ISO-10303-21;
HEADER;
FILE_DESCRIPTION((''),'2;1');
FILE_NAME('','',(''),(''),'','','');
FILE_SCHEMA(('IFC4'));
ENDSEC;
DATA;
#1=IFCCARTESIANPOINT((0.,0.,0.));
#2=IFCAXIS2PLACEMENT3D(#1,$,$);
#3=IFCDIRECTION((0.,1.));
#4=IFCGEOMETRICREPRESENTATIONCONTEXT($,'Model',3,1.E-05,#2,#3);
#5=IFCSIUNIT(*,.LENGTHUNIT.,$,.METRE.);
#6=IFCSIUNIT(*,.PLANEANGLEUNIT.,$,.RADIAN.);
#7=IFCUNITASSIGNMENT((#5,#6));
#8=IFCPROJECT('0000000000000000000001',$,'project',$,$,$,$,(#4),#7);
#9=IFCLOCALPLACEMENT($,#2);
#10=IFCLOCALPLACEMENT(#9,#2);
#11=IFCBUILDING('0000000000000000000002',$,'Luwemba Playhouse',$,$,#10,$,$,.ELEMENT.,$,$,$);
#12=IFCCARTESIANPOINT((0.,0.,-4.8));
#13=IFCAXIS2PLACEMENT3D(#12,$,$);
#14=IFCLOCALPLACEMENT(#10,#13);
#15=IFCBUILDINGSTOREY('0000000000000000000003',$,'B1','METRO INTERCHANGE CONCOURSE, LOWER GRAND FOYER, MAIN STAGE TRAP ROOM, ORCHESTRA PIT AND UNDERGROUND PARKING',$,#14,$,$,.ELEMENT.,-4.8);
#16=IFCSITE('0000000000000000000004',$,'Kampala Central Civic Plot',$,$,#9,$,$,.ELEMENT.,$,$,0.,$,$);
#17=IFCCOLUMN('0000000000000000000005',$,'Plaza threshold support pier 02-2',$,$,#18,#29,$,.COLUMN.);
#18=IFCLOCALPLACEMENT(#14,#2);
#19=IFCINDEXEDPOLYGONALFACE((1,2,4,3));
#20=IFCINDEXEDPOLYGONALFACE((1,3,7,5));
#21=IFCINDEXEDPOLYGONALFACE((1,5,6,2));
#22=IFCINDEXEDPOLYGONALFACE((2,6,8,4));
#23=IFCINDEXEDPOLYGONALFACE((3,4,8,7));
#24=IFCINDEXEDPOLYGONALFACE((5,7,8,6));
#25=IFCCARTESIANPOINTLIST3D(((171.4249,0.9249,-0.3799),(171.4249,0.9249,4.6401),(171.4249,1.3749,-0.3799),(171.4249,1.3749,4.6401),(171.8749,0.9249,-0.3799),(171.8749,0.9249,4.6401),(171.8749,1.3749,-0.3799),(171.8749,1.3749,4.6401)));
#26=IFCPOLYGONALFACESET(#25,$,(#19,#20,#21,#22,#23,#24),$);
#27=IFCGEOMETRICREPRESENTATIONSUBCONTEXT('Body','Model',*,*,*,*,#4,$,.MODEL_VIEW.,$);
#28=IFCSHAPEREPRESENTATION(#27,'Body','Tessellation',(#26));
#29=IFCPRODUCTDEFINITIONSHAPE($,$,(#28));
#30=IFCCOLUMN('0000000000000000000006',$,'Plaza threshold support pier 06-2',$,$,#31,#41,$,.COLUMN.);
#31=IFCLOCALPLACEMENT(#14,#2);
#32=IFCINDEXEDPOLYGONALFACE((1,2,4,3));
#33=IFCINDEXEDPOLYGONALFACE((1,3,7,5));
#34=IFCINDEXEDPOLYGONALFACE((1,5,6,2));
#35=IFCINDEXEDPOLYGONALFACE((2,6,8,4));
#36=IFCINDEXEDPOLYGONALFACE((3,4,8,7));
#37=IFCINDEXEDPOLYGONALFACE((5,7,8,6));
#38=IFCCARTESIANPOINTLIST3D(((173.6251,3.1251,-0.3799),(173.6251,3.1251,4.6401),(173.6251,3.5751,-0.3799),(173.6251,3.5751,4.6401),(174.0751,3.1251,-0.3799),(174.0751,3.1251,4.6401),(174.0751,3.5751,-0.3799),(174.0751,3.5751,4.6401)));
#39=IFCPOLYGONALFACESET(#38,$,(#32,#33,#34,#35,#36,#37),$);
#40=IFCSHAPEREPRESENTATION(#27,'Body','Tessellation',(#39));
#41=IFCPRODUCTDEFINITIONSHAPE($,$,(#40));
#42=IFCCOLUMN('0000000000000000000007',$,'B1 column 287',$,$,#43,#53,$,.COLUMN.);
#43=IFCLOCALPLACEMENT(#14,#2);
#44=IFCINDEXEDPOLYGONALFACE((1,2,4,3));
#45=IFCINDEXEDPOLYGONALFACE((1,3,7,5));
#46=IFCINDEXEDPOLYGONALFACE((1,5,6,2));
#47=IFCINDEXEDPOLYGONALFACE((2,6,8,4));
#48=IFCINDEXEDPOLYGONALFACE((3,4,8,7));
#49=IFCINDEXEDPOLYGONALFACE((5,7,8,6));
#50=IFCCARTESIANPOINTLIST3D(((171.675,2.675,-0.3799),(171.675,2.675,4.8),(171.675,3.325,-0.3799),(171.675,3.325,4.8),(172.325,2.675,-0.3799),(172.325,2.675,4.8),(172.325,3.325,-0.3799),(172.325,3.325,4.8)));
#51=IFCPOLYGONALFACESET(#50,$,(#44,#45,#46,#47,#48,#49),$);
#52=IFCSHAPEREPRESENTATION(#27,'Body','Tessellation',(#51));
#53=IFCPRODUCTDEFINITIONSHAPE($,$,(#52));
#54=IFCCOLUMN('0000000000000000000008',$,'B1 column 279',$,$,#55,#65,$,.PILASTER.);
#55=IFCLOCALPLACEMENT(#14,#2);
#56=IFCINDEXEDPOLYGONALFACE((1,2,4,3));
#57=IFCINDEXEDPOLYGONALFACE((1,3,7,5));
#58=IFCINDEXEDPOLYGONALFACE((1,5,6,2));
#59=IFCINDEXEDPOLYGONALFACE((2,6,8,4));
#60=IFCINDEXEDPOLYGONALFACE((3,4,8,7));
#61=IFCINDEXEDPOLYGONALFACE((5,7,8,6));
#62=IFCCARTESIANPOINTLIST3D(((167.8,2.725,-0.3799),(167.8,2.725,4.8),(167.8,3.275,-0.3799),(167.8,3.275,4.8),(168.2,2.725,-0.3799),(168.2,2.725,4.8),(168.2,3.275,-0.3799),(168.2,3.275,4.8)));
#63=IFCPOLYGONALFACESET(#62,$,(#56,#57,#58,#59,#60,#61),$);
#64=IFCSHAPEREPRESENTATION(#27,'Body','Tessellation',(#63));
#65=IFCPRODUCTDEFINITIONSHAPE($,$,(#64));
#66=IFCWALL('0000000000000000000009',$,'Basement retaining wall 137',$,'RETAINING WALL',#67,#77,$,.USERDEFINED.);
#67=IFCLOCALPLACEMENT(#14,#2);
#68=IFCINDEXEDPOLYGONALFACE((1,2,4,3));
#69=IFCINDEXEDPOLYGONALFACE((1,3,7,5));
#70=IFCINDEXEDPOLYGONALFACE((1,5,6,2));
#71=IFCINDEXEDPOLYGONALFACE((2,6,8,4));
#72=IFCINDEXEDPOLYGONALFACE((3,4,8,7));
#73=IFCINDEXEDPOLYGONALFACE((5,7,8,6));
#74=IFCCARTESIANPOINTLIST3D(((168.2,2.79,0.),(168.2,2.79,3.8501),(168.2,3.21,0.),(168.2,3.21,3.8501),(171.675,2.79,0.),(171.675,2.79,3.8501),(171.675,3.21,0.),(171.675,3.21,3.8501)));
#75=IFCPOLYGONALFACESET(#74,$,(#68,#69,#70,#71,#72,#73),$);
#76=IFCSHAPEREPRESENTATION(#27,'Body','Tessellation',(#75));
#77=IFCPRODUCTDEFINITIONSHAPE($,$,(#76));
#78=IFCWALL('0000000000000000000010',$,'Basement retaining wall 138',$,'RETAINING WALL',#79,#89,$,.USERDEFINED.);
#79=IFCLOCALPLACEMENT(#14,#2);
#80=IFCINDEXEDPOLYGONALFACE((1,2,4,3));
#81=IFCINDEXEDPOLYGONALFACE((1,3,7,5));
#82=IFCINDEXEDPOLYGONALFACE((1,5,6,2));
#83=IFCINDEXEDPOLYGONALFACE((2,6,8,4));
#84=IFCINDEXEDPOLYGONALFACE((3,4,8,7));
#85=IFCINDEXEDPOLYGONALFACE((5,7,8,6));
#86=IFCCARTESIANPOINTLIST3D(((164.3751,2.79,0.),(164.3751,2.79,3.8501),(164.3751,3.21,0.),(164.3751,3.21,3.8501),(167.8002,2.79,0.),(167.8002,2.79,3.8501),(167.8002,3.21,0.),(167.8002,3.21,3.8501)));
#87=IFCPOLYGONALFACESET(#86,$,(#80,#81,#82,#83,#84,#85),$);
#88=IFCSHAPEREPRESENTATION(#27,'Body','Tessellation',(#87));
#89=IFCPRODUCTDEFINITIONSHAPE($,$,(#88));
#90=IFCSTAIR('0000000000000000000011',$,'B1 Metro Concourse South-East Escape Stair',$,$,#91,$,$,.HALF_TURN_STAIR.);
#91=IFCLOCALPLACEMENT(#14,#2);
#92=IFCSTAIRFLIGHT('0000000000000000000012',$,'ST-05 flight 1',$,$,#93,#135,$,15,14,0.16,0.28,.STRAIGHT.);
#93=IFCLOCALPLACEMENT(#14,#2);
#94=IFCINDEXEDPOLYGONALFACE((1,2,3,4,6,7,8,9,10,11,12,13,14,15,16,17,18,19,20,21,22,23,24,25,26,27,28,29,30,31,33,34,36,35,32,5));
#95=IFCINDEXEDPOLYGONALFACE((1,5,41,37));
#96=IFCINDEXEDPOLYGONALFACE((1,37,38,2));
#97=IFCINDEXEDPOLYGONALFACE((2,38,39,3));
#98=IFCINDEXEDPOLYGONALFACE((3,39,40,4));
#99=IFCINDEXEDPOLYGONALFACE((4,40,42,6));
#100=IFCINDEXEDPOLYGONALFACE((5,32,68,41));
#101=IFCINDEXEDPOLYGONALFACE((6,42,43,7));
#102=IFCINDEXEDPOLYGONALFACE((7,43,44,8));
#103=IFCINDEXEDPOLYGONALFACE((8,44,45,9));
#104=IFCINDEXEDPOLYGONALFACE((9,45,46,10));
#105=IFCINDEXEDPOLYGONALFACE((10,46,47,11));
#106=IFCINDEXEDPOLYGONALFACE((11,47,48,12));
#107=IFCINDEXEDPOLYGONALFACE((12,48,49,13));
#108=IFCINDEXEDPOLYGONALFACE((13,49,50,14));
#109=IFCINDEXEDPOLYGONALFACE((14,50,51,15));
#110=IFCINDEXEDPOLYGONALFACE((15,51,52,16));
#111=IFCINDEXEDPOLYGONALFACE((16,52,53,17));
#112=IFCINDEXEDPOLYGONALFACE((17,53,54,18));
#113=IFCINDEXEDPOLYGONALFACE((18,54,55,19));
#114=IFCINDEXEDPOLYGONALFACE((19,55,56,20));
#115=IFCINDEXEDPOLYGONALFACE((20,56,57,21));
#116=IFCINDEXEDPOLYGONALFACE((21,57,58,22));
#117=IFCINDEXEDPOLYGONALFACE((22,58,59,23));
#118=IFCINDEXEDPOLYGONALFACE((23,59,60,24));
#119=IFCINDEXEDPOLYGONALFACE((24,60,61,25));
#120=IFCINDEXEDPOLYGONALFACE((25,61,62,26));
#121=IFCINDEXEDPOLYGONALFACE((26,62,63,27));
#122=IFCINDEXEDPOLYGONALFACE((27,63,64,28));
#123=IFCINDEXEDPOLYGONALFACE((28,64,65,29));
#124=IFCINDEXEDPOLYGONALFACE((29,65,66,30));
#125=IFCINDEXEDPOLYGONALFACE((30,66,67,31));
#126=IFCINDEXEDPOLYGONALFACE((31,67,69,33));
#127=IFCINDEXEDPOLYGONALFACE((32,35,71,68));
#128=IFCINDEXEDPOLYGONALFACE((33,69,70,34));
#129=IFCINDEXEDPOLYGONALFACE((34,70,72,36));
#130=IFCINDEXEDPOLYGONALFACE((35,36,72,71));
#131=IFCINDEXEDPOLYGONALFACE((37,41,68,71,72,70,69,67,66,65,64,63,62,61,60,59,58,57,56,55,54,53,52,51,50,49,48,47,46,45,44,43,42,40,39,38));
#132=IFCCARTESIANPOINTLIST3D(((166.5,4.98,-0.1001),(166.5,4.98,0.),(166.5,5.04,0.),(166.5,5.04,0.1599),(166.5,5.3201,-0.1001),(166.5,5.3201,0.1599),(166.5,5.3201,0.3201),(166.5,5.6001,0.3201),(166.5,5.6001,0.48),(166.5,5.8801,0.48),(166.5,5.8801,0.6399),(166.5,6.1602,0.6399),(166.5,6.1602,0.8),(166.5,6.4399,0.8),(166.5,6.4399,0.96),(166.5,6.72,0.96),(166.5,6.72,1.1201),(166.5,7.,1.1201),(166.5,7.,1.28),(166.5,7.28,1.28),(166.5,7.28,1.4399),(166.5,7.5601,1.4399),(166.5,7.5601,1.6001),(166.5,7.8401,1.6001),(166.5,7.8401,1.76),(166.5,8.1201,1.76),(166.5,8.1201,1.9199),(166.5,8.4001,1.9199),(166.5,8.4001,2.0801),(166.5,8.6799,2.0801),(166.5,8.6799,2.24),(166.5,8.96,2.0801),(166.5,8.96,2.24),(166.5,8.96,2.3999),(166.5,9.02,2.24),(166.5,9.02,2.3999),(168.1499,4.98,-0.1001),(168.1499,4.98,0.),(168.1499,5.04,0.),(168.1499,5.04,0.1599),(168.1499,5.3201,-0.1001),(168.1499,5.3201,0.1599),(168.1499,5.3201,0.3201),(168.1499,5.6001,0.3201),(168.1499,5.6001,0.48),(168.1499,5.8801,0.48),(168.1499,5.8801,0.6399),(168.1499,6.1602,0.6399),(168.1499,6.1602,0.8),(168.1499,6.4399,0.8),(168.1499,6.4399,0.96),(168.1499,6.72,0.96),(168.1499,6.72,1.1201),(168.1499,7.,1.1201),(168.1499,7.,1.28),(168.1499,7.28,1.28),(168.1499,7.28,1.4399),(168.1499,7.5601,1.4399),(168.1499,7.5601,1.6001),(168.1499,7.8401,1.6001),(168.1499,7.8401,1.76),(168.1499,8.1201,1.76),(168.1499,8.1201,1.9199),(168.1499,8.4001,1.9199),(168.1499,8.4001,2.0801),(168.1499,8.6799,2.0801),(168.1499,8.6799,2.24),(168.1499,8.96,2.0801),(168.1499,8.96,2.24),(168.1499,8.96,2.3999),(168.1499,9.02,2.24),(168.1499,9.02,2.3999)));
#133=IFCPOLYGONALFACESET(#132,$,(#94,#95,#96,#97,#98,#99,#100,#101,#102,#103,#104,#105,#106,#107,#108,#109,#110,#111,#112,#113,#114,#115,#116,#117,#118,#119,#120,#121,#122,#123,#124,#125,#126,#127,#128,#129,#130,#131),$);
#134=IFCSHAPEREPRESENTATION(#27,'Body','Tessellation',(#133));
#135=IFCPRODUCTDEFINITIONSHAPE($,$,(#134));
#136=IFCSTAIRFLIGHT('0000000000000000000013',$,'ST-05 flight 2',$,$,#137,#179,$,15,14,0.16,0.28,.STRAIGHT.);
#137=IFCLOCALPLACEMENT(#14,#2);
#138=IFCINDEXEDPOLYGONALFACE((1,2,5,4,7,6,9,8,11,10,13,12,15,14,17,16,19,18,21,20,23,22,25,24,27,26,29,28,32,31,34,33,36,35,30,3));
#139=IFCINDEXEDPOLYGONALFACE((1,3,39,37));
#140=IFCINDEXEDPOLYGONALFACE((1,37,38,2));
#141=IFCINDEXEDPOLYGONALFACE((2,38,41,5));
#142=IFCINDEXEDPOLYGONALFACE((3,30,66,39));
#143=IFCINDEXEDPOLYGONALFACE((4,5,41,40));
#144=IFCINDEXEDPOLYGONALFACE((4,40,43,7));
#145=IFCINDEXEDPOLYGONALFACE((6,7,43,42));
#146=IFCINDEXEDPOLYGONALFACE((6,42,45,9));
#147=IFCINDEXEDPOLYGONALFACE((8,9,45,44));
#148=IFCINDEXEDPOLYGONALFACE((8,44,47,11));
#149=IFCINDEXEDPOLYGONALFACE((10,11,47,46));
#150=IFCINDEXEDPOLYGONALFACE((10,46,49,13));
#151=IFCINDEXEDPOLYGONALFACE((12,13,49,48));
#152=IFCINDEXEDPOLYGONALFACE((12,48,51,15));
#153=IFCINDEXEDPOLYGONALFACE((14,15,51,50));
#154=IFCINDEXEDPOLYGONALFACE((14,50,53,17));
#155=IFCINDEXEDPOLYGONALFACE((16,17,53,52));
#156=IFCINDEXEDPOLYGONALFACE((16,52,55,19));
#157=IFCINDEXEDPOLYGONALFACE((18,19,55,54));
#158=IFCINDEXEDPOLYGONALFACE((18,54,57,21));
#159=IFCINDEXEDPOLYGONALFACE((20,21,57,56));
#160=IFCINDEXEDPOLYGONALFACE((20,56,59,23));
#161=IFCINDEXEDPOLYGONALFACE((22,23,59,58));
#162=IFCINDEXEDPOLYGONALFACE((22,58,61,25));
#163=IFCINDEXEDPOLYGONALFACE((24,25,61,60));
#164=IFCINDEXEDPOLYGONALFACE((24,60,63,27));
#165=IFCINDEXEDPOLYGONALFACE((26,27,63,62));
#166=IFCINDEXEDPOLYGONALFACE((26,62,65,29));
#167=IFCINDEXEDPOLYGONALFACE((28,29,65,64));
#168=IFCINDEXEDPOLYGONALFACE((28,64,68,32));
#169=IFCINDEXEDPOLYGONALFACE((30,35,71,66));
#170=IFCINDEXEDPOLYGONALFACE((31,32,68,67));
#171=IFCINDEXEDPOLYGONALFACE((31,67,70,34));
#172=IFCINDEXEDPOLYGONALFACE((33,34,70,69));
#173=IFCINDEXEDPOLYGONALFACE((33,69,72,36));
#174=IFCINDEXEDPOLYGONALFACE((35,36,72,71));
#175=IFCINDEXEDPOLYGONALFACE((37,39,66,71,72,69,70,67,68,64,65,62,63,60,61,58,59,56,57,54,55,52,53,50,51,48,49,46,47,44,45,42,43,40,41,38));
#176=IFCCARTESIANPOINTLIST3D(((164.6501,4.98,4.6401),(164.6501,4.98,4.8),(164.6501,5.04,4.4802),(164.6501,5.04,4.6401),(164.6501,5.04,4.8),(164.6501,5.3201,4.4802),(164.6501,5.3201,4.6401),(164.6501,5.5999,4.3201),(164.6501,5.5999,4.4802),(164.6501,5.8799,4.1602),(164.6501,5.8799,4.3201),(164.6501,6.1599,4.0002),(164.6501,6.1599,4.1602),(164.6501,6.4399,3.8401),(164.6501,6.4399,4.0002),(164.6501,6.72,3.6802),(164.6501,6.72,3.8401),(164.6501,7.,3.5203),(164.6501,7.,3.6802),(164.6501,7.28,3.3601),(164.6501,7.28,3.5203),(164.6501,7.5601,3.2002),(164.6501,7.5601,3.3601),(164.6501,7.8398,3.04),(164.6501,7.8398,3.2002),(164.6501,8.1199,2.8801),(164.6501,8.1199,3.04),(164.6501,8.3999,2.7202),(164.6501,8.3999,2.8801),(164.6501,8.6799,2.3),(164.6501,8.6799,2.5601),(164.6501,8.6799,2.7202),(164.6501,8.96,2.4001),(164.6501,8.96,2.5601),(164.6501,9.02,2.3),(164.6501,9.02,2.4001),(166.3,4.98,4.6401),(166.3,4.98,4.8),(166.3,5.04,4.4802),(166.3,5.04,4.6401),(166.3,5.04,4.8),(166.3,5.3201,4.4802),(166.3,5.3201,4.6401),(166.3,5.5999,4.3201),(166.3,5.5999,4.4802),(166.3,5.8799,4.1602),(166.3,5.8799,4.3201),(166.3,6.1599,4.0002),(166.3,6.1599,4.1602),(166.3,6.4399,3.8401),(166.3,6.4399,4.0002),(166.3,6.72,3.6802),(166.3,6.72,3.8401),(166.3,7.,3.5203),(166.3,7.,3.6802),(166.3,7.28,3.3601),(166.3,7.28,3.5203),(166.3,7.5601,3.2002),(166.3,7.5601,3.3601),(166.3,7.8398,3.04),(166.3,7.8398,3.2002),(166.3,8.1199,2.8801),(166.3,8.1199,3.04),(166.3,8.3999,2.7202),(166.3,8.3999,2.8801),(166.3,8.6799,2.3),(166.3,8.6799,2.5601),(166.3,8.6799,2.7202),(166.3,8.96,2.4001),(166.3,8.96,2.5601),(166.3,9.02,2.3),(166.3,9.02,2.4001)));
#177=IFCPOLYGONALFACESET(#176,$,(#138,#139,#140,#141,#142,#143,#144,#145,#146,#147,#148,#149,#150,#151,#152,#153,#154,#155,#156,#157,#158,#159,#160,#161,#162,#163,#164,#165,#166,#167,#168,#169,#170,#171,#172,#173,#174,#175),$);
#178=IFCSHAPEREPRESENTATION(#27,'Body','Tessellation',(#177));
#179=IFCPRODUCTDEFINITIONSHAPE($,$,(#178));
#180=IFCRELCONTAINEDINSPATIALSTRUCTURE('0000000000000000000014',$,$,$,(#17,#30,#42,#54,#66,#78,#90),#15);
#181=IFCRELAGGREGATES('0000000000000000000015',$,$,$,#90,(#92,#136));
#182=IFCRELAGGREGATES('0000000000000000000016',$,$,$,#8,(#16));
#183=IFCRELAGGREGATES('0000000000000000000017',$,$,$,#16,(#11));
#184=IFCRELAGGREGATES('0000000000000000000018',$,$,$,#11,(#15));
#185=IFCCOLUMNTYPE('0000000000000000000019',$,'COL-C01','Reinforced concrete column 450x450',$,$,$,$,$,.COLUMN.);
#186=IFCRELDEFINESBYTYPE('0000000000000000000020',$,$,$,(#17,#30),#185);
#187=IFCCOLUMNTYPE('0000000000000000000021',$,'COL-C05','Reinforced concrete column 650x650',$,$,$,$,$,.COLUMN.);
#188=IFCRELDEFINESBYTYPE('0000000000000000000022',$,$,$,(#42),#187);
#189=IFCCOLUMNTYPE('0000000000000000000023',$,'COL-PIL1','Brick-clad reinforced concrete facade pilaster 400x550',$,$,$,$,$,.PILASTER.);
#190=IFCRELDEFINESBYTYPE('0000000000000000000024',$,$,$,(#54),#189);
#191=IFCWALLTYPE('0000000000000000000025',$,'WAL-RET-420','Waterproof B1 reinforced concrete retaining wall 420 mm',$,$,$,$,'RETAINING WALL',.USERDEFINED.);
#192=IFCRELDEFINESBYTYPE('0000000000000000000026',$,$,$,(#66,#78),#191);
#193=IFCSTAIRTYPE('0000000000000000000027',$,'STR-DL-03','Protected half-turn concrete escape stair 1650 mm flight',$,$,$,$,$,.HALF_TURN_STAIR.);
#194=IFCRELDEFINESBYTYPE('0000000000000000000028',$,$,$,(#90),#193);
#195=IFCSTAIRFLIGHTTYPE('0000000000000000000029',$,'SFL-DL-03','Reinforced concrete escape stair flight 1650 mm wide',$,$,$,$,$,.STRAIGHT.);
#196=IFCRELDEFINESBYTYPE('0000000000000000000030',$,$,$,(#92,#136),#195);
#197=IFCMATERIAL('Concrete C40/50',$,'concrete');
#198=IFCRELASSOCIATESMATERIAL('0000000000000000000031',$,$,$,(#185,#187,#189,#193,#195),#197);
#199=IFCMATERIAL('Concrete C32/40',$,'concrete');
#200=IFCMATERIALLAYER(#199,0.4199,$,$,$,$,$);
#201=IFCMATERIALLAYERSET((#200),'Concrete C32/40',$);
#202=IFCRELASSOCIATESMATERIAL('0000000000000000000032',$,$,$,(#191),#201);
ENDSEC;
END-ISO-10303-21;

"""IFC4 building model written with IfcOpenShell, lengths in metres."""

from ifc_helpers import new_model, si_unit, direction, frame, frame_2d, origin, origin_2d, place, context, subcontext, project, spatial, polyline, rectangle, outline, extrude, material, layer, layer_set, material_profile, profile_set, type_object, element, aggregate, save


model = new_model("IFC4")

# Units and contexts
model_context = context("Model", 3, precision=1e-05, world=origin(), true_north=direction((0.0, 1.0)))
body_context = subcontext(model_context, "Body", "Model", "MODEL_VIEW")
ifc_project = project(units=[si_unit("LENGTHUNIT", "METRE"), si_unit("PLANEANGLEUNIT", "RADIAN")], contexts=[model_context])

# Site, building, storey
site_placement = place(None, origin())
site = spatial("IfcSite", under=ifc_project, at=site_placement, Name="Kampala Central Civic Plot", CompositionType="ELEMENT", RefElevation=0.0)
building_placement = place(site_placement, origin())
building = spatial("IfcBuilding", under=site, at=building_placement, Name="Luwemba Playhouse", CompositionType="ELEMENT")
storey_placement = place(building_placement, frame((0.0, 0.0, -4.8)))
storey = spatial("IfcBuildingStorey", under=building, at=storey_placement, Name="B1", Description="METRO INTERCHANGE CONCOURSE, LOWER GRAND FOYER, MAIN STAGE TRAP ROOM, ORCHESTRA PIT AND UNDERGROUND PARKING", CompositionType="ELEMENT", Elevation=-4.8)

# Shared definitions
ifc_material_1 = material(Name="Concrete C32/40", Category="concrete")

# Columns
ifc_material_2 = material(Name="Concrete C40/50", Category="concrete")
ifc_material_profile_1 = material_profile(ifc_material_2, rectangle(XDim=0.45, YDim=0.45, at=origin_2d()))
ifc_profile_set_1 = profile_set([ifc_material_profile_1], Name="Concrete C40/50")
column_type_1 = type_object("IfcColumnType", Name="COL-C01", Description="Reinforced concrete column 450x450", PredefinedType="COLUMN", material=ifc_profile_set_1)
for number, where, z_axis, x_axis, name in (
    (1, (171.6499, 1.1499, -0.3799), (0.0, 0.0, 1.0), (1.0, 0.0, 0.0), "Plaza threshold support pier 02-2"),
    (2, (173.8501, 3.3501, -0.3799), (0.0, 0.0, 1.0), (1.0, 0.0, 0.0), "Plaza threshold support pier 06-2"),
):
    element("IfcColumn", number, at=place(storey_placement, frame(where, z_axis=z_axis, x_axis=x_axis)), inside=storey, type_object=column_type_1, Name=name, PredefinedType="COLUMN", context=body_context, shape_type="SweptSolid", body=[
        extrude(rectangle(XDim=0.45, YDim=0.45, at=origin_2d()), origin(), (0.0, 0.0, 1.0), 5.02),
    ])
ifc_material_profile_2 = material_profile(ifc_material_2, rectangle(XDim=0.6499, YDim=0.6499, at=origin_2d()))
ifc_profile_set_2 = profile_set([ifc_material_profile_2], Name="Concrete C40/50")
column_type_2 = type_object("IfcColumnType", Name="COL-C05", Description="Reinforced concrete column 650x650", PredefinedType="COLUMN", material=ifc_profile_set_2)
column_1_placement = place(storey_placement, frame((172.0, 3.0, -0.3799), z_axis=(0.0, 0.0, 1.0), x_axis=(1.0, 0.0, 0.0)))
element("IfcColumn", 3, at=column_1_placement, inside=storey, type_object=column_type_2, Name="B1 column 287", PredefinedType="COLUMN", context=body_context, shape_type="SweptSolid", body=[
    extrude(rectangle(XDim=0.6499, YDim=0.6499, at=origin_2d()), origin(), (0.0, 0.0, 1.0), 5.1799),
])
ifc_material_profile_3 = material_profile(ifc_material_2, rectangle(XDim=0.3999, YDim=0.55, at=origin_2d()))
ifc_profile_set_3 = profile_set([ifc_material_profile_3], Name="Concrete C40/50")
column_type_3 = type_object("IfcColumnType", Name="COL-PIL1", Description="Brick-clad reinforced concrete facade pilaster 400x550", PredefinedType="PILASTER", material=ifc_profile_set_3)
column_2_placement = place(storey_placement, frame((168.0, 3.0, -0.3799), z_axis=(0.0, 0.0, 1.0), x_axis=(1.0, 0.0, 0.0)))
element("IfcColumn", 4, at=column_2_placement, inside=storey, type_object=column_type_3, Name="B1 column 279", PredefinedType="PILASTER", context=body_context, shape_type="SweptSolid", body=[
    extrude(rectangle(XDim=0.3999, YDim=0.55, at=origin_2d()), origin(), (0.0, 0.0, 1.0), 5.1799),
])

# Walls
ifc_layer = layer(ifc_material_1, 0.4199)
ifc_layer_set = layer_set([ifc_layer], Name="Concrete C32/40")
wall_type = type_object("IfcWallType", Name="WAL-RET-420", Description="Waterproof B1 reinforced concrete retaining wall 420 mm", ElementType="RETAINING WALL", PredefinedType="USERDEFINED", material=ifc_layer_set)
wall_1_placement = place(storey_placement, frame((171.675, 3.0, 0.0), z_axis=(0.0, 0.0, 1.0), x_axis=(-1.0, 0.0, 0.0)))
element("IfcWall", 5, at=wall_1_placement, inside=storey, type_object=wall_type, Name="Basement retaining wall 137", ObjectType="RETAINING WALL", PredefinedType="USERDEFINED", context=body_context, shape_type="SweptSolid", body=[
    extrude(rectangle(XDim=3.4751, YDim=0.4199, at=frame_2d((1.7375, 0.0))), origin(), (0.0, 0.0, 1.0), 3.8501),
])
wall_2_placement = place(storey_placement, frame((167.8, 3.0, 0.0), z_axis=(0.0, 0.0, 1.0), x_axis=(-1.0, 0.0, 0.0)))
element("IfcWall", 6, at=wall_2_placement, inside=storey, type_object=wall_type, Name="Basement retaining wall 138", ObjectType="RETAINING WALL", PredefinedType="USERDEFINED", context=body_context, shape_type="SweptSolid", body=[
    extrude(rectangle(XDim=3.425, YDim=0.4199, at=frame_2d((1.7124, 0.0))), origin(), (0.0, 0.0, 1.0), 3.8501),
])

# Stair, stair flights
stair_type = type_object("IfcStairType", Name="STR-DL-03", Description="Protected half-turn concrete escape stair 1650 mm flight", PredefinedType="HALF_TURN_STAIR", material=ifc_material_2)
stair_placement = place(storey_placement, origin())
stair = element("IfcStair", 7, at=stair_placement, inside=storey, type_object=stair_type, Name="B1 Metro Concourse South-East Escape Stair", PredefinedType="HALF_TURN_STAIR")
stair_flight_type = type_object("IfcStairFlightType", Name="SFL-DL-03", Description="Reinforced concrete escape stair flight 1650 mm wide", PredefinedType="STRAIGHT", material=ifc_material_2)
stair_flight_1_placement = place(storey_placement, frame((167.325, 5.04, 0.0), z_axis=(0.0, 0.0, 1.0), x_axis=(0.0, 1.0, 0.0)))
stair_flight_1 = element("IfcStairFlight", 8, at=stair_flight_1_placement, type_object=stair_flight_type, Name="ST-05 flight 1", NumberOfRisers=15, NumberOfTreads=14, PredefinedType="STRAIGHT", RiserHeight=0.16, TreadLength=0.28, context=body_context, shape_type="SweptSolid", body=[
    extrude(outline(polyline([(-0.0601, -0.1001), (-0.0601, 0.0), (0.0, 0.0), (0.0, 0.1599), (0.28, 0.1599), (0.28, 0.3201), (0.5601, 0.3201), (0.5601, 0.48), (0.8401, 0.48), (0.8401, 0.6399), (1.1201, 0.6399), (1.1201, 0.8), (1.3999, 0.8), (1.3999, 0.96), (1.6799, 0.96), (1.6799, 1.1201), (1.96, 1.1201), (1.96, 1.28), (2.24, 1.28), (2.24, 1.4399), (2.52, 1.4399), (2.52, 1.6001), (2.8, 1.6001), (2.8, 1.76), (3.0801, 1.76), (3.0801, 1.9199), (3.3601, 1.9199), (3.3601, 2.0801), (3.6399, 2.0801), (3.6399, 2.24), (3.9199, 2.24), (3.9199, 2.3999), (3.98, 2.3999), (3.98, 2.24), (3.9199, 2.0801), (0.28, -0.1001), (-0.0601, -0.1001)])), frame((0.0, 0.825, 0.0), z_axis=(0.0, -1.0, 0.0), x_axis=(1.0, 0.0, 0.0)), (0.0, 0.0, 1.0), 1.6499),
])
stair_flight_2_placement = place(storey_placement, frame((165.4751, 8.96, 2.4001), z_axis=(0.0, 0.0, 1.0), x_axis=(0.0, -1.0, 0.0)))
stair_flight_2 = element("IfcStairFlight", 9, at=stair_flight_2_placement, type_object=stair_flight_type, Name="ST-05 flight 2", NumberOfRisers=15, NumberOfTreads=14, PredefinedType="STRAIGHT", RiserHeight=0.16, TreadLength=0.28, context=body_context, shape_type="SweptSolid", body=[
    extrude(outline(polyline([(-0.0601, -0.1001), (-0.0601, 0.0), (0.0, 0.0), (0.0, 0.1599), (0.28, 0.1599), (0.28, 0.3201), (0.5601, 0.3201), (0.5601, 0.48), (0.8401, 0.48), (0.8401, 0.6399), (1.1201, 0.6399), (1.1201, 0.8), (1.3999, 0.8), (1.3999, 0.96), (1.6799, 0.96), (1.6799, 1.1201), (1.96, 1.1201), (1.96, 1.28), (2.24, 1.28), (2.24, 1.4399), (2.52, 1.4399), (2.52, 1.6001), (2.8, 1.6001), (2.8, 1.76), (3.0801, 1.76), (3.0801, 1.9199), (3.3601, 1.9199), (3.3601, 2.0801), (3.6399, 2.0801), (3.6399, 2.24), (3.9199, 2.24), (3.9199, 2.3999), (3.98, 2.3999), (3.98, 2.24), (3.9199, 2.0801), (0.28, -0.1001), (-0.0601, -0.1001)])), frame((0.0, 0.825, 0.0), z_axis=(0.0, -1.0, 0.0), x_axis=(1.0, 0.0, 0.0)), (0.0, 0.0, 1.0), 1.6499),
])
aggregate(stair, [stair_flight_1, stair_flight_2])

save(model, "model.ifc")
